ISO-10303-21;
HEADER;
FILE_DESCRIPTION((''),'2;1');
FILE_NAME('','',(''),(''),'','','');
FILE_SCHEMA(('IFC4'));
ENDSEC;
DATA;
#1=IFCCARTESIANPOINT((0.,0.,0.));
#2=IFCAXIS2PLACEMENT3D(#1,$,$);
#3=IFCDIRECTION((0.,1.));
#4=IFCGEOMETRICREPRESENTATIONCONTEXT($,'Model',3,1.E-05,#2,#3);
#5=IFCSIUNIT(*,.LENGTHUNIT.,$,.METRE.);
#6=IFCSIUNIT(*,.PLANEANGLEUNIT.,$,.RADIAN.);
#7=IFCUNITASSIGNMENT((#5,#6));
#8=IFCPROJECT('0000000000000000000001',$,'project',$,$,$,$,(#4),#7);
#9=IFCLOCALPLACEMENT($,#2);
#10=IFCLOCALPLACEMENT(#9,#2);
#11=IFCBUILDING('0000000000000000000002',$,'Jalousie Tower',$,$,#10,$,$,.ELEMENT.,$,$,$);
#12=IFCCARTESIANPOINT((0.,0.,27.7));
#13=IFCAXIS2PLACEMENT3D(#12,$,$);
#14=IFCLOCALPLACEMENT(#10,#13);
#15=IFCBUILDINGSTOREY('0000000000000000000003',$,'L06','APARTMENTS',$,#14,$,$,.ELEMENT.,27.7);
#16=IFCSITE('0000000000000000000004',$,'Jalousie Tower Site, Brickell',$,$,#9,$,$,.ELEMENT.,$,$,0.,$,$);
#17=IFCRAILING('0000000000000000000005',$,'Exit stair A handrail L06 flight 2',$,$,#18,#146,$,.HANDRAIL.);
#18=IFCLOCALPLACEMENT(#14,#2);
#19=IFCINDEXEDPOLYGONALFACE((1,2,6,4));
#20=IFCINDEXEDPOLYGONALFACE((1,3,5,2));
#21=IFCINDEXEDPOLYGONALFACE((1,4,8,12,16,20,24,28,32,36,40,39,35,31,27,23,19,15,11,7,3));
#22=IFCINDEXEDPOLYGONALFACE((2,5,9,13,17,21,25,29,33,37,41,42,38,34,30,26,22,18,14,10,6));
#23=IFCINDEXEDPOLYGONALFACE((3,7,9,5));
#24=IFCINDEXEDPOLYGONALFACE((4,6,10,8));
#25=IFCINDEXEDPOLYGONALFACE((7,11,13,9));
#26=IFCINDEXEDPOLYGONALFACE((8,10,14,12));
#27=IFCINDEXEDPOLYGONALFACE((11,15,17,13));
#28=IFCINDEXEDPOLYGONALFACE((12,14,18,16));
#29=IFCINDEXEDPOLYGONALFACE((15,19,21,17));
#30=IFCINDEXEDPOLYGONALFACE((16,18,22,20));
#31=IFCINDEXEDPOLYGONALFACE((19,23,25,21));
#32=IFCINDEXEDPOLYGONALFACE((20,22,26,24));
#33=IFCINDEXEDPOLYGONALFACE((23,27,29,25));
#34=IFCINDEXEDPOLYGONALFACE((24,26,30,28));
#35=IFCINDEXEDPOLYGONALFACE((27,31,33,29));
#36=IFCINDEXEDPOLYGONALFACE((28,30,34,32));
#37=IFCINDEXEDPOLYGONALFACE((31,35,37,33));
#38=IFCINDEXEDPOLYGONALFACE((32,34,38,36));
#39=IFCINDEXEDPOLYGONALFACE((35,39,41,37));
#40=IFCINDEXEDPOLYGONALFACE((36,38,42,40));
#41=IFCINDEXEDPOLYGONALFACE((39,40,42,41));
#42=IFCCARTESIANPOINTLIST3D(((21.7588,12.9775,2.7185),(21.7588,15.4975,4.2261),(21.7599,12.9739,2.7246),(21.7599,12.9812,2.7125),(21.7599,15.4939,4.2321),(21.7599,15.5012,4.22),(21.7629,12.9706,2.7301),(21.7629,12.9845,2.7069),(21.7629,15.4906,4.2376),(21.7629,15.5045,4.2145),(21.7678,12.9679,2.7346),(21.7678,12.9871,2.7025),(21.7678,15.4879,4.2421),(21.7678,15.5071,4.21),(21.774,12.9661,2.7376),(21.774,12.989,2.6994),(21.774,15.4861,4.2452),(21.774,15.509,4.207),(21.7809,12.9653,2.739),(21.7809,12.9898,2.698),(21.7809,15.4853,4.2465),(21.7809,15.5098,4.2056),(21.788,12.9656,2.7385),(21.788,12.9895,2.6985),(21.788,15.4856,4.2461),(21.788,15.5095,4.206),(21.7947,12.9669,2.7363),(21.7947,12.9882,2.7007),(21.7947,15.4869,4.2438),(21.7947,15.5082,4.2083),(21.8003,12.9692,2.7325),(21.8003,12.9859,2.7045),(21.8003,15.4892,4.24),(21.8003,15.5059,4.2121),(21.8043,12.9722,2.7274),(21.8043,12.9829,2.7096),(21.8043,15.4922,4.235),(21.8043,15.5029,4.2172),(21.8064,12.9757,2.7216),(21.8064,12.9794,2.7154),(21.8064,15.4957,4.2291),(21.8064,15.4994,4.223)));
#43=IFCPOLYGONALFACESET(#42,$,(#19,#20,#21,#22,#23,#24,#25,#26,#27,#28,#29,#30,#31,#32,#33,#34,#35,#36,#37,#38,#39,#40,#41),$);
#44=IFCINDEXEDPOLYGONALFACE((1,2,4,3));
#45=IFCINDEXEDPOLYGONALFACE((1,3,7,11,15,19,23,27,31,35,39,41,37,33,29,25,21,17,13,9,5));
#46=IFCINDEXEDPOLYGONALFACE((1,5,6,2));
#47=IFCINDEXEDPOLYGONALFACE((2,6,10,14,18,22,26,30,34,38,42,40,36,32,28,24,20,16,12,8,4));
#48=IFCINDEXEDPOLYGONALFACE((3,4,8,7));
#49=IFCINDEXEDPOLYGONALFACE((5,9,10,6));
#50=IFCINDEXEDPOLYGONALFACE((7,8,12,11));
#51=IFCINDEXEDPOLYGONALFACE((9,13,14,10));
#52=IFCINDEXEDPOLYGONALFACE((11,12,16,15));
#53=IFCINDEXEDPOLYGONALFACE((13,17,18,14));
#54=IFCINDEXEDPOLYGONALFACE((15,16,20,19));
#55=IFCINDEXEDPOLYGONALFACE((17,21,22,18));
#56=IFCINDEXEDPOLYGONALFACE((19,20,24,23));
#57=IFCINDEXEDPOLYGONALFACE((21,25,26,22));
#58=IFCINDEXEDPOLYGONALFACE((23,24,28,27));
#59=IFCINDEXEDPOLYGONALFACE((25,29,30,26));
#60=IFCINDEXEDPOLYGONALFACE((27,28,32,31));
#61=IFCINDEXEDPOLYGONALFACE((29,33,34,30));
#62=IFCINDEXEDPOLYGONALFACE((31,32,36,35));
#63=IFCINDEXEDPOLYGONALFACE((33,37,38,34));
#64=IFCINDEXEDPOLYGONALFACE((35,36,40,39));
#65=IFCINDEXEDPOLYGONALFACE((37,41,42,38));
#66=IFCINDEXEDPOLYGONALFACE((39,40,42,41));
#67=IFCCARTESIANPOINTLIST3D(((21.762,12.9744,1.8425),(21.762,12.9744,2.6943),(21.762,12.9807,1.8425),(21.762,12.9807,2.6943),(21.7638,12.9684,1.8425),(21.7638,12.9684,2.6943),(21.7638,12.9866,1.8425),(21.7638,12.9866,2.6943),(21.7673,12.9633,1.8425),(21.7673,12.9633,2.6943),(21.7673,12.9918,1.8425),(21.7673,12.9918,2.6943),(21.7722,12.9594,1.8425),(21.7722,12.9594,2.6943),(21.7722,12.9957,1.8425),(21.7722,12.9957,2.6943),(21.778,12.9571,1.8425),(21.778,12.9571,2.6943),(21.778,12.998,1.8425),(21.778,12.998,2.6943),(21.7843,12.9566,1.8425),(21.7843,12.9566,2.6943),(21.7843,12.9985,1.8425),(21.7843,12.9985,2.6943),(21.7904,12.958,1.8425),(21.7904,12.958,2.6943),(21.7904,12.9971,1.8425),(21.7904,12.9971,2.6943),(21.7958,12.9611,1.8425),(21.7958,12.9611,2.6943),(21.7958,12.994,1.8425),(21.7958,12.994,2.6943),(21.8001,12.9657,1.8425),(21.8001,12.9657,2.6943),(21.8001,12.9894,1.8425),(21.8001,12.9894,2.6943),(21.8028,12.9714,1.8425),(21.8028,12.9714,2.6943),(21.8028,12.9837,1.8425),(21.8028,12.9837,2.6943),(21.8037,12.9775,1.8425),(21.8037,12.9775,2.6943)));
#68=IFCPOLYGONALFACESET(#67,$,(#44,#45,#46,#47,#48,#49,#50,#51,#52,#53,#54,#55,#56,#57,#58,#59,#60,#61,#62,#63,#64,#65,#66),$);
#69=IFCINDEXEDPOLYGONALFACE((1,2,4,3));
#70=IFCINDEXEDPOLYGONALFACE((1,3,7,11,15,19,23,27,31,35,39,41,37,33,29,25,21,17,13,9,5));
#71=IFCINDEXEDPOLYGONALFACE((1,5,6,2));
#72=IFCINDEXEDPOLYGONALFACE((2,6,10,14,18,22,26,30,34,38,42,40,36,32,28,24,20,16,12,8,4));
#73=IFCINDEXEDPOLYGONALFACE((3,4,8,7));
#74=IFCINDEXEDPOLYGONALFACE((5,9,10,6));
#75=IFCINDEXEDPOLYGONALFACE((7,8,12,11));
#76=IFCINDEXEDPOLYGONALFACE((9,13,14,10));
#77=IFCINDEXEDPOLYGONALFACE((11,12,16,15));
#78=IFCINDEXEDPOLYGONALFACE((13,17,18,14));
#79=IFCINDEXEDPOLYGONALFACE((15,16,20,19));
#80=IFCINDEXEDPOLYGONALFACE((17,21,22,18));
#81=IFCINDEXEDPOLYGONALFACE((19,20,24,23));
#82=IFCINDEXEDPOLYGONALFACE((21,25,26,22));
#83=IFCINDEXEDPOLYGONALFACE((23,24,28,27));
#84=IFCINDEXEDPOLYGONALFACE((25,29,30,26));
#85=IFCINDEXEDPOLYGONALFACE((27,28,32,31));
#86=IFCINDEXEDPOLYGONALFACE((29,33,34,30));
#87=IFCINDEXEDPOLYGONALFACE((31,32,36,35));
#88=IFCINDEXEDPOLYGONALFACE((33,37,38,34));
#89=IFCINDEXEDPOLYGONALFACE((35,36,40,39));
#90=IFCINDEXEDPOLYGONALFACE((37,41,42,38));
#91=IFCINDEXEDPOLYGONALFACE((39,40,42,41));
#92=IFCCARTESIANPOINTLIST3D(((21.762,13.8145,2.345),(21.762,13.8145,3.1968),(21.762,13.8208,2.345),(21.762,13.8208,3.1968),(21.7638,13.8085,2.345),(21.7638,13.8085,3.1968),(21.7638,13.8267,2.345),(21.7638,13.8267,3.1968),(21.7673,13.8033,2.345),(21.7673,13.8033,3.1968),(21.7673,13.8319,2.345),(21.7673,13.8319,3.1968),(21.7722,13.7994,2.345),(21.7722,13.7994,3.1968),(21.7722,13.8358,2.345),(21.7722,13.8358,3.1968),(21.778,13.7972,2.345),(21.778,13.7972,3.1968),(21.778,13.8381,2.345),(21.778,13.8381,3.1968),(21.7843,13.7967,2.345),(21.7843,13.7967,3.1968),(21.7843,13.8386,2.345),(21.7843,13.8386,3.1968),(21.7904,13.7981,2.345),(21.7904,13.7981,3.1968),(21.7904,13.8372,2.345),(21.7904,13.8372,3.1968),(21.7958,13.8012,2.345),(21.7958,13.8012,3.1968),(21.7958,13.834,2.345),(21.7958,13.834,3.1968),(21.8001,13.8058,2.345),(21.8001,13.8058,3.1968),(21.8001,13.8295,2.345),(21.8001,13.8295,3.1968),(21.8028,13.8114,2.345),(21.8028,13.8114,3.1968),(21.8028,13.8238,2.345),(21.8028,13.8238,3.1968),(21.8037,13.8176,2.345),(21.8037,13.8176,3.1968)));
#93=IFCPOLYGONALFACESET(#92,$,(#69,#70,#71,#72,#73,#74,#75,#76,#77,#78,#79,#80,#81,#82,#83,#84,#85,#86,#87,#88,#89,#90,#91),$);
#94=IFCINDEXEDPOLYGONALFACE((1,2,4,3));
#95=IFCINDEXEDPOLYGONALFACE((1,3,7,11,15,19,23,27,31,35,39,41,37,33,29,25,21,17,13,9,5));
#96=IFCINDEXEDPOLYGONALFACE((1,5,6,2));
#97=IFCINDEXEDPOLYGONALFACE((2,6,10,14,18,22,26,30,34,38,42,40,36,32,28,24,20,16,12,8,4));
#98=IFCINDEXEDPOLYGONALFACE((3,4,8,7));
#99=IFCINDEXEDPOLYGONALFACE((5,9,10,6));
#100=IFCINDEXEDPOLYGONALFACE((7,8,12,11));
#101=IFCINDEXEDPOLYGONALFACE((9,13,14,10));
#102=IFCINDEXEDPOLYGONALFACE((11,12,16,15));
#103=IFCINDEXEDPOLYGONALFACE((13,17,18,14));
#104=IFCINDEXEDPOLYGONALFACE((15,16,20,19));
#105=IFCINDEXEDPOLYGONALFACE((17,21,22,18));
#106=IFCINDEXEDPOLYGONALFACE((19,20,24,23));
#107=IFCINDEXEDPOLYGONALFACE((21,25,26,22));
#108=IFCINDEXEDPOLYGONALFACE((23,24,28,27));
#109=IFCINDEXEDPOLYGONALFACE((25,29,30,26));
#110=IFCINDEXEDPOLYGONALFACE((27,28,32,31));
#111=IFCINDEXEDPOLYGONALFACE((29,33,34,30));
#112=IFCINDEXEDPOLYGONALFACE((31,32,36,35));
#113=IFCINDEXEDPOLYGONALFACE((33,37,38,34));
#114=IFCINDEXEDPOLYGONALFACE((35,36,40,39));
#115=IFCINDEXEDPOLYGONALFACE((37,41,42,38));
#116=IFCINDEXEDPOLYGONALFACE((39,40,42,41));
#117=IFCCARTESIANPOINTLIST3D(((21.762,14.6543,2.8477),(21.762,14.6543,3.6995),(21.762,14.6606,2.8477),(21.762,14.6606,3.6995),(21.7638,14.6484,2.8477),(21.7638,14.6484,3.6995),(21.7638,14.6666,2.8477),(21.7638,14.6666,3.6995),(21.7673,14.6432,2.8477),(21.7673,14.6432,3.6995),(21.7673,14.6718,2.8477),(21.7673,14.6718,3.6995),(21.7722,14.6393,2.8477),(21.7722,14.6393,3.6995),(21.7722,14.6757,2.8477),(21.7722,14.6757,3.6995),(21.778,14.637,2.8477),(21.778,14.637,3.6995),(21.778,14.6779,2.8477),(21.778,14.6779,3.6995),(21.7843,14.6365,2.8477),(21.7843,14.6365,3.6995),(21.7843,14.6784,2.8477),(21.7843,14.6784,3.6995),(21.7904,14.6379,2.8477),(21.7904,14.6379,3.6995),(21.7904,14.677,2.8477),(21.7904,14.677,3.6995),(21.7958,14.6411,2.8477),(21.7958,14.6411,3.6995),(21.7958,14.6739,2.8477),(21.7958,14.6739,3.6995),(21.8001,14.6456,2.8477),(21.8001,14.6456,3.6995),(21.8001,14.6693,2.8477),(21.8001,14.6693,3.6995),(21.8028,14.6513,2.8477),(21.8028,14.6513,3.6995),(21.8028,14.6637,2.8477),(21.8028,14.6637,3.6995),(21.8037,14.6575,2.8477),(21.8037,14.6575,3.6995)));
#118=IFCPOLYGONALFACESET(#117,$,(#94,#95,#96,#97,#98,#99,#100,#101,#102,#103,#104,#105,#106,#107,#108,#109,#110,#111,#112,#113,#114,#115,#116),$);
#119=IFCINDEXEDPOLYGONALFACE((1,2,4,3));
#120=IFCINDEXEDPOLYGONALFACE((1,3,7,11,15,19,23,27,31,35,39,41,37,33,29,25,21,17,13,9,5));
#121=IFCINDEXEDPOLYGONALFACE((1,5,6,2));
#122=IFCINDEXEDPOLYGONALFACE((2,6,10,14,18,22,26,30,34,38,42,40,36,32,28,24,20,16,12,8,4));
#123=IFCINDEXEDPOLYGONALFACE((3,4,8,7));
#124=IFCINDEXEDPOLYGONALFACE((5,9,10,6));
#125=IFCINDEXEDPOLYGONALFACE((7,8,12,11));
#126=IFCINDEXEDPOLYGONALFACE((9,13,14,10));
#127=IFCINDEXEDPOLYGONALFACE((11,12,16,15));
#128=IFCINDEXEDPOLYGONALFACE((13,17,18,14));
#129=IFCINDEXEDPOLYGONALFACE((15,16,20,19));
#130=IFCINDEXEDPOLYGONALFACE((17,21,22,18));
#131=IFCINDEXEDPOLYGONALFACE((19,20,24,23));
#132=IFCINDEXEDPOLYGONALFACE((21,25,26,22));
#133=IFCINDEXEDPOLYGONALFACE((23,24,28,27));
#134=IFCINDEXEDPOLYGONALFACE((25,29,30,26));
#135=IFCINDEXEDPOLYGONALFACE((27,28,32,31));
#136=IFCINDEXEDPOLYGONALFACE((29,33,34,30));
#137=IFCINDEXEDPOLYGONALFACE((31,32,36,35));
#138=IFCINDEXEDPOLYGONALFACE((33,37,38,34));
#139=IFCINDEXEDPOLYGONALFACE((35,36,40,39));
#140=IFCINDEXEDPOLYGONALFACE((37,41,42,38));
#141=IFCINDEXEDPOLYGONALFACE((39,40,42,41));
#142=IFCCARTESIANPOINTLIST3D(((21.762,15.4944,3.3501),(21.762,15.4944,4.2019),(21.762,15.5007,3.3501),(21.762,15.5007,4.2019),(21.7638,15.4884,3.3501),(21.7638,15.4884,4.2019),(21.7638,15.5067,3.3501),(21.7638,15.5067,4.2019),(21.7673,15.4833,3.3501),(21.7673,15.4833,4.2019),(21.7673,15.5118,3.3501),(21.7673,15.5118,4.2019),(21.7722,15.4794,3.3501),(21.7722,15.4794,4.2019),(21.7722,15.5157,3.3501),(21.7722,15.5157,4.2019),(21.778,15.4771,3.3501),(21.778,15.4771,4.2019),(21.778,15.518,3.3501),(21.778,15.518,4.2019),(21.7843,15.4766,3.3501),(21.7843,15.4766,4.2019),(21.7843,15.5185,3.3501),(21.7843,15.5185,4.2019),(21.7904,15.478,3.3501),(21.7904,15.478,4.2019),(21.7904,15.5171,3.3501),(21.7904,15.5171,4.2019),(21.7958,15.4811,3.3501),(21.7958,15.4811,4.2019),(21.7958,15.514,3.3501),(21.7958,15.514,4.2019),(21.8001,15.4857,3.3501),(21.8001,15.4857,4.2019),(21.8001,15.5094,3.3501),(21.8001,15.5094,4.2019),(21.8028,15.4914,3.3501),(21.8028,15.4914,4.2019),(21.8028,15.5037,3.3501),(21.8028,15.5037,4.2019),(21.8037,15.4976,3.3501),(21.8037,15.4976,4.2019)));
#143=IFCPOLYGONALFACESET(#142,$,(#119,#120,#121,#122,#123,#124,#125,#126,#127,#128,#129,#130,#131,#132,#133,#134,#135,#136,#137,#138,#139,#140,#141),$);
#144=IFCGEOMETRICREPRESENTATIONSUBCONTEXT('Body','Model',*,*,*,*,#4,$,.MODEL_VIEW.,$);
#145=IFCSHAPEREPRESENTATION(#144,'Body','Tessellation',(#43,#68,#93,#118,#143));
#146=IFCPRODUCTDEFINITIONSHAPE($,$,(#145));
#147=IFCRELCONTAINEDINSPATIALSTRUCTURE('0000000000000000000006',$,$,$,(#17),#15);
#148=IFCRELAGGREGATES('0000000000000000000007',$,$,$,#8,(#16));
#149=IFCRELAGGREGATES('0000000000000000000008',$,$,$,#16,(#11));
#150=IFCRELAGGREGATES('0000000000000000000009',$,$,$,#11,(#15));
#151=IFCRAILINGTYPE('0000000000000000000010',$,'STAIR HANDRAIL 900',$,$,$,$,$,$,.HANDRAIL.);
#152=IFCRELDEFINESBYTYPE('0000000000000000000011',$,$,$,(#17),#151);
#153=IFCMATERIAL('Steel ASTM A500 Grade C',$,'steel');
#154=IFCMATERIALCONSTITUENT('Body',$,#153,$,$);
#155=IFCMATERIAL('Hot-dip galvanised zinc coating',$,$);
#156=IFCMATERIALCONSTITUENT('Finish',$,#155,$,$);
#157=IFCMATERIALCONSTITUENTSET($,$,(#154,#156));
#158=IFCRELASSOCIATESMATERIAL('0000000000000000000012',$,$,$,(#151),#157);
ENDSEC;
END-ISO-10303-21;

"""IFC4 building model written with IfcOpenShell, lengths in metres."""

from ifc_helpers import new_model, si_unit, direction, frame, origin, origin_2d, place, context, subcontext, project, spatial, circle, extrude, material, constituent, constituent_set, type_object, element, save


model = new_model("IFC4")

# Units and contexts
model_context = context("Model", 3, precision=1e-05, world=origin(), true_north=direction((0.0, 1.0)))
body_context = subcontext(model_context, "Body", "Model", "MODEL_VIEW")
ifc_project = project(units=[si_unit("LENGTHUNIT", "METRE"), si_unit("PLANEANGLEUNIT", "RADIAN")], contexts=[model_context])

# Site, building, storey
site_placement = place(None, origin())
site = spatial("IfcSite", under=ifc_project, at=site_placement, Name="Jalousie Tower Site, Brickell", CompositionType="ELEMENT", RefElevation=0.0)
building_placement = place(site_placement, origin())
building = spatial("IfcBuilding", under=site, at=building_placement, Name="Jalousie Tower", CompositionType="ELEMENT")
storey_placement = place(building_placement, frame((0.0, 0.0, 27.7)))
storey = spatial("IfcBuildingStorey", under=building, at=storey_placement, Name="L06", Description="APARTMENTS", CompositionType="ELEMENT", Elevation=27.7)

# Railing
ifc_material_1 = material(Name="Steel ASTM A500 Grade C", Category="steel")
ifc_constituent_1 = constituent(ifc_material_1, Name="Body")
ifc_material_2 = material(Name="Hot-dip galvanised zinc coating")
ifc_constituent_2 = constituent(ifc_material_2, Name="Finish")
ifc_constituent_set_1 = constituent_set(constituents=[ifc_constituent_1, ifc_constituent_2])
railing_type_1 = type_object("IfcRailingType", Name="STAIR HANDRAIL 900", PredefinedType="HANDRAIL", material=ifc_constituent_set_1)
railing_1_placement = place(storey_placement, frame((21.7827, 12.9775, 1.8425)))
element("IfcRailing", 1, at=railing_1_placement, inside=storey, type_object=railing_type_1, Name="Exit stair A handrail L06 flight 2", PredefinedType="HANDRAIL", context=body_context, shape_type="SweptSolid", body=[
    extrude(circle(Radius=0.0239, at=origin_2d()), frame((0.0, 0.0, 0.876), z_axis=(0.0, 0.85816, 0.513383), x_axis=(-1.0, 0.0, 0.0)), (0.0, 0.0, 1.0), 2.9365),
    extrude(circle(Radius=0.021, at=origin_2d()), origin(), (0.0, 0.0, 1.0), 0.8518),
    extrude(circle(Radius=0.021, at=origin_2d()), frame((0.0, 0.8401, 0.5024)), (0.0, 0.0, 1.0), 0.8518),
    extrude(circle(Radius=0.021, at=origin_2d()), frame((0.0, 1.6799, 1.0051)), (0.0, 0.0, 1.0), 0.8518),
    extrude(circle(Radius=0.021, at=origin_2d()), frame((0.0, 2.52, 1.5076)), (0.0, 0.0, 1.0), 0.8518),
])

save(model, "model.ifc")
